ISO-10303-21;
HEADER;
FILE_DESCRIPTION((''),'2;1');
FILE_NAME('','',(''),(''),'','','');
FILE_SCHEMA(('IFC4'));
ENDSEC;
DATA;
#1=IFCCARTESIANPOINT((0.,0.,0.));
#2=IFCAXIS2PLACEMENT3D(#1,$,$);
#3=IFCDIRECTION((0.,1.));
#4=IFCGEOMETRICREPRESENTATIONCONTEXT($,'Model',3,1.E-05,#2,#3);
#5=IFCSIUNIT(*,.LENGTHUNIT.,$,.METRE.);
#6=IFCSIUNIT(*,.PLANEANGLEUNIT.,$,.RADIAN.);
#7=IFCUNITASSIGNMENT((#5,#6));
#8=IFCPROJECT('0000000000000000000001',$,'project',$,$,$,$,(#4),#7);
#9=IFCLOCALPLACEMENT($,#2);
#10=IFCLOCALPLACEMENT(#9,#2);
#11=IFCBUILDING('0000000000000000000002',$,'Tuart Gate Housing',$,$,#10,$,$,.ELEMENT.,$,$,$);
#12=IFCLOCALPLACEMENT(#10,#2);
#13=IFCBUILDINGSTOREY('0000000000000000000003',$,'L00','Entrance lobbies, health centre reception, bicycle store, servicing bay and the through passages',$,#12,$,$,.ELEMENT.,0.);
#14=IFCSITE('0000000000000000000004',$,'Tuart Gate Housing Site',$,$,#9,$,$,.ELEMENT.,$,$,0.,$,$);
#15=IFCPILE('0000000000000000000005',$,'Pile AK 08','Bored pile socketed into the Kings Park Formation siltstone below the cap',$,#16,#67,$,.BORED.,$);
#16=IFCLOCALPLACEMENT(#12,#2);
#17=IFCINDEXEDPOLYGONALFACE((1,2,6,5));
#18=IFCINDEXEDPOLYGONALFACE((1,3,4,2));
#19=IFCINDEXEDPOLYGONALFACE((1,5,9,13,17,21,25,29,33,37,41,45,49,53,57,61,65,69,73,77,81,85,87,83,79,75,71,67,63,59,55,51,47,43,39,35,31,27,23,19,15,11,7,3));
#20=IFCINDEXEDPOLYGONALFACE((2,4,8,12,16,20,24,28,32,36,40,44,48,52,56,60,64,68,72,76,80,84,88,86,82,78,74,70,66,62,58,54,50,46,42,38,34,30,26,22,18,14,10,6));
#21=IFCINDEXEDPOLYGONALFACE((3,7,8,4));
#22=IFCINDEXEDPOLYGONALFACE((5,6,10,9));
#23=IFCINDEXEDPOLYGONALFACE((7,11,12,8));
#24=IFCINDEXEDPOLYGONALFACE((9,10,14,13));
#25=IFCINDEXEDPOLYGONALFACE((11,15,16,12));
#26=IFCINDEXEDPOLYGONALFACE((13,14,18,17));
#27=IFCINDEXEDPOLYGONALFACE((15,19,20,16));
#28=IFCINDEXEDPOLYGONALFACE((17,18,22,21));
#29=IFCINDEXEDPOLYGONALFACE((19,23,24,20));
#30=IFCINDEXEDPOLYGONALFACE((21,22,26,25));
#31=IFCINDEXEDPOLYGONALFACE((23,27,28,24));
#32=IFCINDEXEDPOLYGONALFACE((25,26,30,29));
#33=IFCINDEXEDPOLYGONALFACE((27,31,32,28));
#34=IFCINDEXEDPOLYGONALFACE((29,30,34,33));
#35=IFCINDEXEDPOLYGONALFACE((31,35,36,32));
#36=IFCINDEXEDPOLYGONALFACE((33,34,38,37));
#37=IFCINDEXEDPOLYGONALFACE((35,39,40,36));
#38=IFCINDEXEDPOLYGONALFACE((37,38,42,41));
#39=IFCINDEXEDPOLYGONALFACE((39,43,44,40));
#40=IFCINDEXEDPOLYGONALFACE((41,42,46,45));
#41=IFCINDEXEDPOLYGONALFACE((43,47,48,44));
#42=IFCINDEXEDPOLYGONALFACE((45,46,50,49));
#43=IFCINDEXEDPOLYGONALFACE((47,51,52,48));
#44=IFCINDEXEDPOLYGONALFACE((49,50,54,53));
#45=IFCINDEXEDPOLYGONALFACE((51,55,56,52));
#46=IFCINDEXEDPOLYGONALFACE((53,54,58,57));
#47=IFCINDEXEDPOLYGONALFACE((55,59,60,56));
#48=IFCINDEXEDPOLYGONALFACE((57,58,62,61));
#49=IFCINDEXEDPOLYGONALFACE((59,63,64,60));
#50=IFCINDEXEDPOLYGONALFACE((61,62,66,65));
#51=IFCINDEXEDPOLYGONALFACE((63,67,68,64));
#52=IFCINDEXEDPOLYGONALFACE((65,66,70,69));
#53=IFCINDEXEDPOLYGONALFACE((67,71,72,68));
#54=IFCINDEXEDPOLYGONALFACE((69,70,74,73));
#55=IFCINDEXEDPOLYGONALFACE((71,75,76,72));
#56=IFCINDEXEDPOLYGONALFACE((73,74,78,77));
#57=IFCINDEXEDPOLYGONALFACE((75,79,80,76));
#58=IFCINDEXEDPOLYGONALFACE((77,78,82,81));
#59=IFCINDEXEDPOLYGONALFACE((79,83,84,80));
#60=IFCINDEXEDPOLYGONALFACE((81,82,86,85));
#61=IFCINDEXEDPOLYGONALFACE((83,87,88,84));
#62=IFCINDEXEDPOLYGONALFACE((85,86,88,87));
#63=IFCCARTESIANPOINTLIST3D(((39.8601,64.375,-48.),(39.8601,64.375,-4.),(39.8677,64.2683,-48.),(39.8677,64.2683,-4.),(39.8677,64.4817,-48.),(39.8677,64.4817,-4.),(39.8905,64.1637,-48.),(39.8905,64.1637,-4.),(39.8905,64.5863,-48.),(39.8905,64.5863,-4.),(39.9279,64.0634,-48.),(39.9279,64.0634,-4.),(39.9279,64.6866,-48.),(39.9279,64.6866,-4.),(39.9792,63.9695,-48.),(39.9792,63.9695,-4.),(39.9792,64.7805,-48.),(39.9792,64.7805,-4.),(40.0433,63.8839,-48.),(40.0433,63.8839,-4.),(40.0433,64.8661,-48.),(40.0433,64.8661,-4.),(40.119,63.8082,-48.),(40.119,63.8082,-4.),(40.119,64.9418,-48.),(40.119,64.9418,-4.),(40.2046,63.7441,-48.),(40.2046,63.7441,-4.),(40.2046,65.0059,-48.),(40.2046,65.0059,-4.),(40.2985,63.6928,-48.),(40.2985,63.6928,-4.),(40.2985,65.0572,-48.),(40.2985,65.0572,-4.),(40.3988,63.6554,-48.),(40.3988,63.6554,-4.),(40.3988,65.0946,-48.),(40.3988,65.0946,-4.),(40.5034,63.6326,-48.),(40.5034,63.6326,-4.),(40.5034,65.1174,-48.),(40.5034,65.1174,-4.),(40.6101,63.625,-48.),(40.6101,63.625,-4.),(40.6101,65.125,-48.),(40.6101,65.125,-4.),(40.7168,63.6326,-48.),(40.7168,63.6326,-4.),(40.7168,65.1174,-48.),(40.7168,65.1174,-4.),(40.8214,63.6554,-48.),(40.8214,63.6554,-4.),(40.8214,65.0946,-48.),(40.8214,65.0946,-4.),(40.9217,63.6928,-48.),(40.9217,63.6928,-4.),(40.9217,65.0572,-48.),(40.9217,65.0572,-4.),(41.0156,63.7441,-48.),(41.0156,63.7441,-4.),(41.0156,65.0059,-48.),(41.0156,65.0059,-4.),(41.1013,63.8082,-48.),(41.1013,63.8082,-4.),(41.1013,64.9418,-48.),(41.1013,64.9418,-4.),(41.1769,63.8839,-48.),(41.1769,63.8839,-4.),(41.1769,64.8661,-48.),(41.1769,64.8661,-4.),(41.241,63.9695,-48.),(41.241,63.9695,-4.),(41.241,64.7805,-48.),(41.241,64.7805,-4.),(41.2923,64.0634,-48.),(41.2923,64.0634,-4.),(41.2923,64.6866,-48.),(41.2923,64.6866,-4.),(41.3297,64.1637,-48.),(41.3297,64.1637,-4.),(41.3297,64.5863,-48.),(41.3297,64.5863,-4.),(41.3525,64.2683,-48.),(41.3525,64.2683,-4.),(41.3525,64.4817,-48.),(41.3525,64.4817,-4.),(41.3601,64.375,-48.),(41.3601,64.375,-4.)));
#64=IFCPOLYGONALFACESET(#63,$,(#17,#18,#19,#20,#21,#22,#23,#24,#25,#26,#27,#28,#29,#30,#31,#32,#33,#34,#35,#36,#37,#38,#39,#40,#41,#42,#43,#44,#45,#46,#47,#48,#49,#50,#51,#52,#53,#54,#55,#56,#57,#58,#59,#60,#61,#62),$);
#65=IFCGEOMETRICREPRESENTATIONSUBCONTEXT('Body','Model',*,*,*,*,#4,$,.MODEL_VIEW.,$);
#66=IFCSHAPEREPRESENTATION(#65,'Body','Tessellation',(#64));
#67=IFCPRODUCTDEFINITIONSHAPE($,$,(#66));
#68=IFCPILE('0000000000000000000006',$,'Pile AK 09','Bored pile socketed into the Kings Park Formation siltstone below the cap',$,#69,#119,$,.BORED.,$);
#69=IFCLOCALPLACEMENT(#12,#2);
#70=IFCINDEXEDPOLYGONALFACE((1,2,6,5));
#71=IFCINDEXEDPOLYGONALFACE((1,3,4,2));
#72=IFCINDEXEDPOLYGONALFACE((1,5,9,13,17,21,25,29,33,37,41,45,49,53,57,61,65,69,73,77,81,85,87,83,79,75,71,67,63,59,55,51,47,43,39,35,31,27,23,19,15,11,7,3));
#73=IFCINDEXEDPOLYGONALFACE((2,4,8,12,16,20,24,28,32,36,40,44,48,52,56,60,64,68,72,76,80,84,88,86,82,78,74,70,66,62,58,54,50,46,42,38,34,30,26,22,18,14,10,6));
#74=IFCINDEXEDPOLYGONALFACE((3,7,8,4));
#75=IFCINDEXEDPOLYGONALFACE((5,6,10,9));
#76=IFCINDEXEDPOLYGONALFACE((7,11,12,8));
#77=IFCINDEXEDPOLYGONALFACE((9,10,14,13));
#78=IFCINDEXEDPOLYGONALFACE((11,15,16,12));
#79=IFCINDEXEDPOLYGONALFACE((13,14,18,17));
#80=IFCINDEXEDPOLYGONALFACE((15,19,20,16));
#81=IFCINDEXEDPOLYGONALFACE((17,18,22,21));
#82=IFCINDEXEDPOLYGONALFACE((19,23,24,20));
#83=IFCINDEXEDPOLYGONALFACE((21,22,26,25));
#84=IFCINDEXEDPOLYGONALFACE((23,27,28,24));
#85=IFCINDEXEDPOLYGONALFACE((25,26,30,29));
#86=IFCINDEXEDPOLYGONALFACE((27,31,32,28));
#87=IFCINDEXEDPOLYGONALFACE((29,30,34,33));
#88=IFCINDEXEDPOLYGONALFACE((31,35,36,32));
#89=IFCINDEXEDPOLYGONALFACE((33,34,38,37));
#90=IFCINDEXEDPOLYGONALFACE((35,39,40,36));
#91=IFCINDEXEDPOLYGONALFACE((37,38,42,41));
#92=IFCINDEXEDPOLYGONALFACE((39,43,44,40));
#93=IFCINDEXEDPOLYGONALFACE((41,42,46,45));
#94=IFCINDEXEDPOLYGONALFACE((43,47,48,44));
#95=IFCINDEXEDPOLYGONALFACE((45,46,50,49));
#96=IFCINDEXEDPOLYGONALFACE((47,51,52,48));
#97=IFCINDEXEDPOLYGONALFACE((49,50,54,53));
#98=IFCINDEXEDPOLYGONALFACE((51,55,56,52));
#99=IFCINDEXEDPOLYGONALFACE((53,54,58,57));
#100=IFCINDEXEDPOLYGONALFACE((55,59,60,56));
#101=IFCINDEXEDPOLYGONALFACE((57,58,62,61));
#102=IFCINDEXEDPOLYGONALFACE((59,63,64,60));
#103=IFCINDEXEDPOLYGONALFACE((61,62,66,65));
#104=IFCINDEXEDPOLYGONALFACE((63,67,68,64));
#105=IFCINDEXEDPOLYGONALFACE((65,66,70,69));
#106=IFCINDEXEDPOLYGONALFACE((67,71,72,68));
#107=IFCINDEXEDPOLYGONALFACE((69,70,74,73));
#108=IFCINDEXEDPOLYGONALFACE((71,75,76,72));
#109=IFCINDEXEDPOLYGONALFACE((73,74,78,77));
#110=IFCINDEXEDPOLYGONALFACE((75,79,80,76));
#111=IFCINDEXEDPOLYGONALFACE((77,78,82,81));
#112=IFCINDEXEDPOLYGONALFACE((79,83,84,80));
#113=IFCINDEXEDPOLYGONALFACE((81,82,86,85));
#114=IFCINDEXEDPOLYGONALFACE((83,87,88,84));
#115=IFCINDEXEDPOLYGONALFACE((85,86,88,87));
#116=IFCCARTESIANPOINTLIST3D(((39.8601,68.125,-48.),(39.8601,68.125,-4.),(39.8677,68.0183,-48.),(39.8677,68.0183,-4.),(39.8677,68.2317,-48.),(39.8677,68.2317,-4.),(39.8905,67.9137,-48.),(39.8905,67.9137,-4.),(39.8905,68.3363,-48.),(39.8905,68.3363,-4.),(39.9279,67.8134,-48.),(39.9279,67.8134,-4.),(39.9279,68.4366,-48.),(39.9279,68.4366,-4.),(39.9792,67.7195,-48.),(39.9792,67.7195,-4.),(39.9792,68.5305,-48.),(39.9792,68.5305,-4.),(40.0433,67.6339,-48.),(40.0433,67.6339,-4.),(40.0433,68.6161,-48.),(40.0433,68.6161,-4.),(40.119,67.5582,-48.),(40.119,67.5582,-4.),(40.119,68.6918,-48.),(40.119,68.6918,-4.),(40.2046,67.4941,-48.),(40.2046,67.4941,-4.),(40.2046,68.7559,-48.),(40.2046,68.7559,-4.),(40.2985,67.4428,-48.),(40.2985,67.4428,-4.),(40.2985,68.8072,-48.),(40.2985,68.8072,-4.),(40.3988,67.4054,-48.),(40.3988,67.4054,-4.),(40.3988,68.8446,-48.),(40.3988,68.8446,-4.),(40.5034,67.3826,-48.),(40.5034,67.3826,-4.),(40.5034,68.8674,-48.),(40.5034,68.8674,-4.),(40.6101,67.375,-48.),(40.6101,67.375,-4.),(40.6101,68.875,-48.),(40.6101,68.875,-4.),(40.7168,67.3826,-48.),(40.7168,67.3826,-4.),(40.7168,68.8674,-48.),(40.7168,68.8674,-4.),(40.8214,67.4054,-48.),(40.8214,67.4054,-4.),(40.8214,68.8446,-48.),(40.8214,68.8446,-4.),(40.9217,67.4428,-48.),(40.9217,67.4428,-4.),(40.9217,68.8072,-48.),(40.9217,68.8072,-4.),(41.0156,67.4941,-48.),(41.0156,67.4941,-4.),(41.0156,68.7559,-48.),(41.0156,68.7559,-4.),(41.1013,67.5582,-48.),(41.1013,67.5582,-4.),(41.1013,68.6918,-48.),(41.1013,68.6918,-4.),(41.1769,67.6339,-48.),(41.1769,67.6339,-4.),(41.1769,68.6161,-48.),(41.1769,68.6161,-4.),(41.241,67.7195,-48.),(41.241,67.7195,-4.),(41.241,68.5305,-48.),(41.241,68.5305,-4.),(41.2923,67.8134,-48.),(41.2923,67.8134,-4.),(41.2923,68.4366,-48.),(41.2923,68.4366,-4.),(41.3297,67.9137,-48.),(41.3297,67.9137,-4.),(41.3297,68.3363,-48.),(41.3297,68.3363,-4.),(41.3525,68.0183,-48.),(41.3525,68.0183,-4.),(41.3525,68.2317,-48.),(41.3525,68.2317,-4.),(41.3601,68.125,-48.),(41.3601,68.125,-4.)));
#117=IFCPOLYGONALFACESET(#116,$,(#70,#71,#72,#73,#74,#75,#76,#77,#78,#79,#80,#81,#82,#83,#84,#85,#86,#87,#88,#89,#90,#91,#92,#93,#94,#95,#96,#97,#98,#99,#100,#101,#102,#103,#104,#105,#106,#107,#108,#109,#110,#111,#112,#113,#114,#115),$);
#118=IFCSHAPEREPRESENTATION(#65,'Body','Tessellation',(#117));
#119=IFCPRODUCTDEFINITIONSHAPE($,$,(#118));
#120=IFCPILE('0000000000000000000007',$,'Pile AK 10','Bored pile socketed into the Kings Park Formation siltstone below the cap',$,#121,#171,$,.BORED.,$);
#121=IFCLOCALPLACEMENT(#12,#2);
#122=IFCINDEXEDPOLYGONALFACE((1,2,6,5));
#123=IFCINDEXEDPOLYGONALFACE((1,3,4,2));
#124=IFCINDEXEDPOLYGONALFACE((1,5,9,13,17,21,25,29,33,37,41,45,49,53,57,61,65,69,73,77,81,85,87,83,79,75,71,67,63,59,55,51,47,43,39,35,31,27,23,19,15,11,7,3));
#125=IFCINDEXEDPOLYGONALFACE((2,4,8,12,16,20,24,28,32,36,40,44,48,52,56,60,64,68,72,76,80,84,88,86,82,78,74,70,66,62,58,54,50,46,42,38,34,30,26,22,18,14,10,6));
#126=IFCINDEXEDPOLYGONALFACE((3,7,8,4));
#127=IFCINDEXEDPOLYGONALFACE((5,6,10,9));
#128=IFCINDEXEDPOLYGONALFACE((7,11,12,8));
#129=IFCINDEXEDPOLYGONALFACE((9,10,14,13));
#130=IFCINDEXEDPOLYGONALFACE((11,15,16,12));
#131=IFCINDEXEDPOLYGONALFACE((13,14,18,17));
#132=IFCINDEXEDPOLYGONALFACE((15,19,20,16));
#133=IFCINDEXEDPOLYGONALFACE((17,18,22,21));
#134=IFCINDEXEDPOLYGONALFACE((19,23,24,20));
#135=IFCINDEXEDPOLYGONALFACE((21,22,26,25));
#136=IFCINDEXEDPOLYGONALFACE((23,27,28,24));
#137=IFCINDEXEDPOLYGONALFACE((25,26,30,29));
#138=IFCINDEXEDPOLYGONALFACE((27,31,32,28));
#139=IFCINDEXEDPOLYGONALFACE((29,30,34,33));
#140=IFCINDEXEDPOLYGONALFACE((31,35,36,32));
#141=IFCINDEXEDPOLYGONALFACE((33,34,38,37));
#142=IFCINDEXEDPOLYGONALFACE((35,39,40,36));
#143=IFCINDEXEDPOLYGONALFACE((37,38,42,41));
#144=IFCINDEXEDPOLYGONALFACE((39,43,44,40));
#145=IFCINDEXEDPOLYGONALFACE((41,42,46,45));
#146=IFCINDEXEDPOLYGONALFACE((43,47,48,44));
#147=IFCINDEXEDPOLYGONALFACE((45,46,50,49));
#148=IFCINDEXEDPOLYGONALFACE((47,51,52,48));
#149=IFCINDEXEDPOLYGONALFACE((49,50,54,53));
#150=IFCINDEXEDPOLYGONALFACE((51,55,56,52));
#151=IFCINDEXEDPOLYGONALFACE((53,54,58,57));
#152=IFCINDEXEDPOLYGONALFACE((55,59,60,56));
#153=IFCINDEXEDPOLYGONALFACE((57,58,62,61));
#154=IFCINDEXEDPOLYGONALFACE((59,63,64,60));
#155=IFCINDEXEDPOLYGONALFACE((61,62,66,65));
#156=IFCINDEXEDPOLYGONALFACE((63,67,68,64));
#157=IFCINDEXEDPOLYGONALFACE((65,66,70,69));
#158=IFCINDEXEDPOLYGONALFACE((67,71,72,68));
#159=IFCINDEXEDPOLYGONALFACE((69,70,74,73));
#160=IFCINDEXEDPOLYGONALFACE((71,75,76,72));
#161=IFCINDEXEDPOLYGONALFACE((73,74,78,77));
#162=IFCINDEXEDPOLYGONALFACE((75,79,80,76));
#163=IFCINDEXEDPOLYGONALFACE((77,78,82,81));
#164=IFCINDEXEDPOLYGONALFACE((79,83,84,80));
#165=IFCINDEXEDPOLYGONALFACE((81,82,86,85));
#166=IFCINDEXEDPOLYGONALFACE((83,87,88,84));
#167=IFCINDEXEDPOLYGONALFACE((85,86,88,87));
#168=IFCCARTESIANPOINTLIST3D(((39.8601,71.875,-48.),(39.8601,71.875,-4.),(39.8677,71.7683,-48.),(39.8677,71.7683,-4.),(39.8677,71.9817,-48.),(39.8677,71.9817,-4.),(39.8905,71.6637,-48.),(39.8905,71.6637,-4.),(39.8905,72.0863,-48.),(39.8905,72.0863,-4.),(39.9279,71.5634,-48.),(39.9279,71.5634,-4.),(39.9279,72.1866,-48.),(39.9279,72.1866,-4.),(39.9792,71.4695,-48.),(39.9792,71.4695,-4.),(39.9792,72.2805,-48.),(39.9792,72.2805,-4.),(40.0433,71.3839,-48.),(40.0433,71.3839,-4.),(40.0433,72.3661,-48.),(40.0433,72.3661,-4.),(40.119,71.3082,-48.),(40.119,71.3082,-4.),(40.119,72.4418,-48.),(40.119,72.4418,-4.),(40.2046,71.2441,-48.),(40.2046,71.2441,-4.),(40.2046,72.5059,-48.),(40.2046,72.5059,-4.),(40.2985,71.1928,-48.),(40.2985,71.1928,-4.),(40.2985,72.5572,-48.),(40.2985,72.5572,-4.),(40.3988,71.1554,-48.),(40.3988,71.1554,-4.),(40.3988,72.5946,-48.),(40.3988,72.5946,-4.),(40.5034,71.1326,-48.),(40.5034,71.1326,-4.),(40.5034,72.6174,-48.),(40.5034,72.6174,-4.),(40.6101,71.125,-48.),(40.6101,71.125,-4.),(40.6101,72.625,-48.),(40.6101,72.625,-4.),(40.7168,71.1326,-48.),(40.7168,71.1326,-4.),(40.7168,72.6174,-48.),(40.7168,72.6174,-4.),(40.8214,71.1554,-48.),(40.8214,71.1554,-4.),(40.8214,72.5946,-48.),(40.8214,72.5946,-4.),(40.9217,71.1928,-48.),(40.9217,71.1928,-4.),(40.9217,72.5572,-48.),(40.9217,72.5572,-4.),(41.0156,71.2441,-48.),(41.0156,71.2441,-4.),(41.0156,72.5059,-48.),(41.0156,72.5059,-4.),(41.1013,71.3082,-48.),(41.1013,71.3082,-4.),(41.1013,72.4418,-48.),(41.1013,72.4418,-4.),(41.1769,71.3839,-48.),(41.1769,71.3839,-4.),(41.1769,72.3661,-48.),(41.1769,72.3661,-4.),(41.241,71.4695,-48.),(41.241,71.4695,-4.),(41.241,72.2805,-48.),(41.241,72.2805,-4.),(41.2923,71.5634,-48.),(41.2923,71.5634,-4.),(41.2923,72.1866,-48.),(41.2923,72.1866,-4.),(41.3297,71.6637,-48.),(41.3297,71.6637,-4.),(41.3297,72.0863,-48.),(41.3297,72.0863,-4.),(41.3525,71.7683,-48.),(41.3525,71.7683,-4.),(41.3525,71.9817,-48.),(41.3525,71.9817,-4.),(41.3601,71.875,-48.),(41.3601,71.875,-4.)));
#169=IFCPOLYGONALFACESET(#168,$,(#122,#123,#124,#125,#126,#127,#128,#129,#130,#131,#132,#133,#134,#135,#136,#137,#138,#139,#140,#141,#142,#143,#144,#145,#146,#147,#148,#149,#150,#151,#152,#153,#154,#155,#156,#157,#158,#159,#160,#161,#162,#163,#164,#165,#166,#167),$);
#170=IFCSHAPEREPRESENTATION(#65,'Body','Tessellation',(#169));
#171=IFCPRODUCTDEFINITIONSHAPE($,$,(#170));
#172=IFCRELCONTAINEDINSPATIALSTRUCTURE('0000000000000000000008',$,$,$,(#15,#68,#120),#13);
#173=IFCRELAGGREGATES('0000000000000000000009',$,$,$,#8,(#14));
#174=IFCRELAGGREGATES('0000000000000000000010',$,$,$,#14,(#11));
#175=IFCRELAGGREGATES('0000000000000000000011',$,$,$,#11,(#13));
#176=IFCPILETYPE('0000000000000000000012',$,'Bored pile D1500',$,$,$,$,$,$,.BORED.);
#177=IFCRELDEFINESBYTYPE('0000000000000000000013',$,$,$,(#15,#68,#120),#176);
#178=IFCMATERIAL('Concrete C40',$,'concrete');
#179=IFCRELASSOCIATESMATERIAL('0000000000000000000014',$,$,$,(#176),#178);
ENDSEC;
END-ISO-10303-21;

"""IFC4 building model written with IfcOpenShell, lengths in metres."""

from ifc_helpers import new_model, si_unit, direction, frame, origin, origin_2d, place, context, subcontext, project, spatial, circle, extrude, material, material_profile, profile_set, type_object, element, save


model = new_model("IFC4")

# Units and contexts
model_context = context("Model", 3, precision=1e-05, world=origin(), true_north=direction((0.0, 1.0)))
body_context = subcontext(model_context, "Body", "Model", "MODEL_VIEW")
ifc_project = project(units=[si_unit("LENGTHUNIT", "METRE"), si_unit("PLANEANGLEUNIT", "RADIAN")], contexts=[model_context])

# Site, building, storey
site_placement = place(None, origin())
site = spatial("IfcSite", under=ifc_project, at=site_placement, Name="Tuart Gate Housing Site", CompositionType="ELEMENT", RefElevation=0.0)
building_placement = place(site_placement, origin())
building = spatial("IfcBuilding", under=site, at=building_placement, Name="Tuart Gate Housing", CompositionType="ELEMENT")
storey_placement = place(building_placement, origin())
storey = spatial("IfcBuildingStorey", under=building, at=storey_placement, Name="L00", Description="Entrance lobbies, health centre reception, bicycle store, servicing bay and the through passages", CompositionType="ELEMENT", Elevation=0.0)

# Piles
ifc_material_1 = material(Name="Concrete C40", Category="concrete")
ifc_material_profile_1 = material_profile(ifc_material_1, circle(Radius=0.75, at=origin_2d()), Name="Bored pile D1500")
ifc_profile_set_1 = profile_set([ifc_material_profile_1], Name="Concrete C40")
pile_type_1 = type_object("IfcPileType", Name="Bored pile D1500", PredefinedType="BORED", material=ifc_profile_set_1)
for number, where, z_axis, x_axis, name in (
    (1, (40.6101, 64.375, -4.0), (0.0, 0.0, -1.0), (1.0, 0.0, 0.0), "Pile AK 08"),
    (2, (40.6101, 68.125, -4.0), (0.0, 0.0, -1.0), (1.0, 0.0, 0.0), "Pile AK 09"),
    (3, (40.6101, 71.875, -4.0), (0.0, 0.0, -1.0), (1.0, 0.0, 0.0), "Pile AK 10"),
):
    element("IfcPile", number, at=place(storey_placement, frame(where, z_axis=z_axis, x_axis=x_axis)), inside=storey, type_object=pile_type_1, Name=name, Description="Bored pile socketed into the Kings Park Formation siltstone below the cap", PredefinedType="BORED", context=body_context, shape_type="SweptSolid", body=[
        extrude(circle(Radius=0.75, at=origin_2d()), origin(), (0.0, 0.0, 1.0), 44.0),
    ])

save(model, "model.ifc")
